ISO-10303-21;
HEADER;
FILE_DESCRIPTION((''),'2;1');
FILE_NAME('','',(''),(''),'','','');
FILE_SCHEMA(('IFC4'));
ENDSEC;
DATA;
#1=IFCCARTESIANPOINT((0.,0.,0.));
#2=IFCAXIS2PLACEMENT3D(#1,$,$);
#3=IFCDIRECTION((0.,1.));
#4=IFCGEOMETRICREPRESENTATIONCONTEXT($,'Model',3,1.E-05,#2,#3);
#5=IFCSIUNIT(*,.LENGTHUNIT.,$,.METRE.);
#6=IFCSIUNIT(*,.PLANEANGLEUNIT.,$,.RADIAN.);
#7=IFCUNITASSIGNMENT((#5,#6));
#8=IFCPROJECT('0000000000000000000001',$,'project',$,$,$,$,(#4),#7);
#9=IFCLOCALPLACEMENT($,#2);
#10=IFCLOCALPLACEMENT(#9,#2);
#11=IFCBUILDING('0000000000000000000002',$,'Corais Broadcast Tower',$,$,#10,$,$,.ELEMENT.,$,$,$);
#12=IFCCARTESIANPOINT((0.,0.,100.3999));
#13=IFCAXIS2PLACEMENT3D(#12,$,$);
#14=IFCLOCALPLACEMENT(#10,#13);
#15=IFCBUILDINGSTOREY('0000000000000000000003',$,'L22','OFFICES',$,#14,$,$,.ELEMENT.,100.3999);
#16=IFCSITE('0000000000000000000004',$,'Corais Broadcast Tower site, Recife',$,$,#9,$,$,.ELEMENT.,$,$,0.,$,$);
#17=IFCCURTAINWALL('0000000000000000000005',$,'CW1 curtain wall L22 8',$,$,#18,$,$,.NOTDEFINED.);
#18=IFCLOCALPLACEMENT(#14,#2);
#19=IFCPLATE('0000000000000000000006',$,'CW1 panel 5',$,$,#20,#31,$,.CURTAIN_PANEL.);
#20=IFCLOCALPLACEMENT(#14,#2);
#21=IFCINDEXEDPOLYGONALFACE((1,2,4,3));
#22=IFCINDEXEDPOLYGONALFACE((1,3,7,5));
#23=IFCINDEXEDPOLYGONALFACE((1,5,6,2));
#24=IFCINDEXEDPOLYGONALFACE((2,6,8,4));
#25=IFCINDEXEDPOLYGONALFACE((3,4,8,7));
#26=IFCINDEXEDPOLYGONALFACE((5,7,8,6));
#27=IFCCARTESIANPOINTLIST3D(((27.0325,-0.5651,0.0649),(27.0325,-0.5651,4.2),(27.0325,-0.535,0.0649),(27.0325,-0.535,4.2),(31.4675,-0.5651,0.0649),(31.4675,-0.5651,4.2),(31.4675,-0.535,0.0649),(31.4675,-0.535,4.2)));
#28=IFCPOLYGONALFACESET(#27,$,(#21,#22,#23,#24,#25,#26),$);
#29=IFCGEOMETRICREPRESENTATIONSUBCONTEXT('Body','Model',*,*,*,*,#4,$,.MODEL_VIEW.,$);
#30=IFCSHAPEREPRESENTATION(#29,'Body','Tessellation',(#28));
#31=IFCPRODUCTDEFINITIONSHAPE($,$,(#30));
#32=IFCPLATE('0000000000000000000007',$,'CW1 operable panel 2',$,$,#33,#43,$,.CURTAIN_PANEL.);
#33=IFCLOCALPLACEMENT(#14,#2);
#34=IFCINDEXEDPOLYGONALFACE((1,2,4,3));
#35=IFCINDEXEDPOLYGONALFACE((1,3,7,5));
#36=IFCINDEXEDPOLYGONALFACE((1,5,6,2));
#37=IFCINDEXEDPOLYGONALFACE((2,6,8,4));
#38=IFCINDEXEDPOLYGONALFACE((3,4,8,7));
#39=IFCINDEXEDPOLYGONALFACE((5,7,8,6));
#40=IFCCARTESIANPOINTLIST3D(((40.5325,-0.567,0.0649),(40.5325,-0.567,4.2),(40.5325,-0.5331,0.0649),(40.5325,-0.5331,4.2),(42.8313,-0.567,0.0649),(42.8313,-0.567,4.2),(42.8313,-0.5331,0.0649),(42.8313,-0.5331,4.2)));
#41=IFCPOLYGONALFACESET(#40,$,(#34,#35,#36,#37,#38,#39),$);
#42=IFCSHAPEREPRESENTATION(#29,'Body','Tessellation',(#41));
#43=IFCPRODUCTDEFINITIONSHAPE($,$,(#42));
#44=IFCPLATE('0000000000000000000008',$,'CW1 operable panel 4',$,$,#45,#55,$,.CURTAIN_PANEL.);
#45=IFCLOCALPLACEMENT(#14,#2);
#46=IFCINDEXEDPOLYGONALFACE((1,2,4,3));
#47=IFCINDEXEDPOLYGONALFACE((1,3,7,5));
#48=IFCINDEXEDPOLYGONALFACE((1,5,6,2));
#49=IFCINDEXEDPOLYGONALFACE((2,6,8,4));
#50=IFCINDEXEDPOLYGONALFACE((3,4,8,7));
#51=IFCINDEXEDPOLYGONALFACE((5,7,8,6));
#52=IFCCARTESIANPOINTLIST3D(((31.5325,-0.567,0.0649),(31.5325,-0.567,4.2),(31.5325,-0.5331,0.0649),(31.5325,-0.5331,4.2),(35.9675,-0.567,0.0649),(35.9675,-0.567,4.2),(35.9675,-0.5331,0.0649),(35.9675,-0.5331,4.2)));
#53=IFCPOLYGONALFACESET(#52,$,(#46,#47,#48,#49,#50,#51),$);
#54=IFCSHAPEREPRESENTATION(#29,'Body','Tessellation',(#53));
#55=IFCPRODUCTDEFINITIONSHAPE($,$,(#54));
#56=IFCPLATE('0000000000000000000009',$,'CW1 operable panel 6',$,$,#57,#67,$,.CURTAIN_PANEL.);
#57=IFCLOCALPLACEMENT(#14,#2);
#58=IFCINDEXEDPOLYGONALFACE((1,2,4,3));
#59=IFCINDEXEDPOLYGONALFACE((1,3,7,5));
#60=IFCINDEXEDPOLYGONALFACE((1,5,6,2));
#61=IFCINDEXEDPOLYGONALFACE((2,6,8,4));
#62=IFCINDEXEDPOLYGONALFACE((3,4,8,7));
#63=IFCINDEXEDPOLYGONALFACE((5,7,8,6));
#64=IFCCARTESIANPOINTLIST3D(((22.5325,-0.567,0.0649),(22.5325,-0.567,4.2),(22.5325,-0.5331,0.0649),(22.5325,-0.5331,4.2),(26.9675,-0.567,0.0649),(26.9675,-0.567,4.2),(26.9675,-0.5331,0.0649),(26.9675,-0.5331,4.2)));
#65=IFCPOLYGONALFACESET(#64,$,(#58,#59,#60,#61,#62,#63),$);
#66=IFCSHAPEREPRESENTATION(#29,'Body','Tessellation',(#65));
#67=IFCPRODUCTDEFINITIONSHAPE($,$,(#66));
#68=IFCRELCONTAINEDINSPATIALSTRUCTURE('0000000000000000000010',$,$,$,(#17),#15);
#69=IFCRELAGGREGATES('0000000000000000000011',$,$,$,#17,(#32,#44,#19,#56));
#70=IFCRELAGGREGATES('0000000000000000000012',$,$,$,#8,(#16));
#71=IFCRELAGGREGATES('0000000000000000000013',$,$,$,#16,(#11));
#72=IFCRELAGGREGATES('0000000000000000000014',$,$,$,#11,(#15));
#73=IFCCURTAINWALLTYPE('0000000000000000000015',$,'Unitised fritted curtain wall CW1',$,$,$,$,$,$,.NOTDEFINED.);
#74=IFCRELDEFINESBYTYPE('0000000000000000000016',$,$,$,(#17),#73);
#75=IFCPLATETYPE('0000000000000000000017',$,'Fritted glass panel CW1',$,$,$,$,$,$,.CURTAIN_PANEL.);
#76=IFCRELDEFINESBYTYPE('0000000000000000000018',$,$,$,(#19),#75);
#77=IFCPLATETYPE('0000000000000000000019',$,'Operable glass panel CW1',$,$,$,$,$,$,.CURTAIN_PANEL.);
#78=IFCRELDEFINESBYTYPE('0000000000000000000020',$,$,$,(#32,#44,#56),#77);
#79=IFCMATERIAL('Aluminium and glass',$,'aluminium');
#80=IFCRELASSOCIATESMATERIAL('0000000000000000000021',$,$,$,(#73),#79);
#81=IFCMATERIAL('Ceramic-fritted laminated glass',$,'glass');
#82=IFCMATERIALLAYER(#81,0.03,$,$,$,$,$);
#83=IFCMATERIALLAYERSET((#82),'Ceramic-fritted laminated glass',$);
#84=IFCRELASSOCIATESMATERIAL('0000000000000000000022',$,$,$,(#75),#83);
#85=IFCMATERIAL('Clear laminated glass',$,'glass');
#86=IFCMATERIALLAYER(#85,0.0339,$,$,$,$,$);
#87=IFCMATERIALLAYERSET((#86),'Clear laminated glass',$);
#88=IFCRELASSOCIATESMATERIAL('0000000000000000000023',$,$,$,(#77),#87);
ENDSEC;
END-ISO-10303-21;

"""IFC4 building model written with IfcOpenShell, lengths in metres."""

from ifc_helpers import new_model, si_unit, direction, frame, origin, origin_2d, place, context, subcontext, project, spatial, rectangle, extrude, material, layer, layer_set, type_object, element, aggregate, save


model = new_model("IFC4")

# Units and contexts
model_context = context("Model", 3, precision=1e-05, world=origin(), true_north=direction((0.0, 1.0)))
body_context = subcontext(model_context, "Body", "Model", "MODEL_VIEW")
ifc_project = project(units=[si_unit("LENGTHUNIT", "METRE"), si_unit("PLANEANGLEUNIT", "RADIAN")], contexts=[model_context])

# Site, building, storey
site_placement = place(None, origin())
site = spatial("IfcSite", under=ifc_project, at=site_placement, Name="Corais Broadcast Tower site, Recife", CompositionType="ELEMENT", RefElevation=0.0)
building_placement = place(site_placement, origin())
building = spatial("IfcBuilding", under=site, at=building_placement, Name="Corais Broadcast Tower", CompositionType="ELEMENT")
storey_placement = place(building_placement, frame((0.0, 0.0, 100.3999)))
storey = spatial("IfcBuildingStorey", under=building, at=storey_placement, Name="L22", Description="OFFICES", CompositionType="ELEMENT", Elevation=100.3999)

# Curtain wall
ifc_material_1 = material(Name="Aluminium and glass", Category="aluminium")
curtain_wall_type = type_object("IfcCurtainWallType", Name="Unitised fritted curtain wall CW1", PredefinedType="NOTDEFINED", material=ifc_material_1)
curtain_wall_placement = place(storey_placement, origin())
curtain_wall = element("IfcCurtainWall", 1, at=curtain_wall_placement, inside=storey, type_object=curtain_wall_type, Name="CW1 curtain wall L22 8", PredefinedType="NOTDEFINED")

# Plates
ifc_material_2 = material(Name="Ceramic-fritted laminated glass", Category="glass")
ifc_layer_1 = layer(ifc_material_2, 0.03)
ifc_layer_set_1 = layer_set([ifc_layer_1], Name="Ceramic-fritted laminated glass")
plate_type_1 = type_object("IfcPlateType", Name="Fritted glass panel CW1", PredefinedType="CURTAIN_PANEL", material=ifc_layer_set_1)
plate_1_placement = place(storey_placement, frame((29.25, -0.55, 0.0649), z_axis=(0.0, 0.0, 1.0), x_axis=(-1.0, 0.0, 0.0)))
plate_1 = element("IfcPlate", 2, at=plate_1_placement, type_object=plate_type_1, Name="CW1 panel 5", PredefinedType="CURTAIN_PANEL", context=body_context, shape_type="SweptSolid", body=[
    extrude(rectangle(XDim=4.4351, YDim=0.03, at=origin_2d()), origin(), (0.0, 0.0, 1.0), 4.135),
])
ifc_material_3 = material(Name="Clear laminated glass", Category="glass")
ifc_layer_2 = layer(ifc_material_3, 0.0339)
ifc_layer_set_2 = layer_set([ifc_layer_2], Name="Clear laminated glass")
plate_type_2 = type_object("IfcPlateType", Name="Operable glass panel CW1", PredefinedType="CURTAIN_PANEL", material=ifc_layer_set_2)
plate_2_placement = place(storey_placement, frame((41.6819, -0.55, 0.0649), z_axis=(0.0, 0.0, 1.0), x_axis=(-1.0, 0.0, 0.0)))
plate_2 = element("IfcPlate", 3, at=plate_2_placement, type_object=plate_type_2, Name="CW1 operable panel 2", PredefinedType="CURTAIN_PANEL", context=body_context, shape_type="SweptSolid", body=[
    extrude(rectangle(XDim=2.2988, YDim=0.0339, at=origin_2d()), origin(), (0.0, 0.0, 1.0), 4.135),
])
plate_3_placement = place(storey_placement, frame((33.75, -0.55, 0.0649), z_axis=(0.0, 0.0, 1.0), x_axis=(-1.0, 0.0, 0.0)))
plate_3 = element("IfcPlate", 4, at=plate_3_placement, type_object=plate_type_2, Name="CW1 operable panel 4", PredefinedType="CURTAIN_PANEL", context=body_context, shape_type="SweptSolid", body=[
    extrude(rectangle(XDim=4.4351, YDim=0.0339, at=origin_2d()), origin(), (0.0, 0.0, 1.0), 4.135),
])
plate_4_placement = place(storey_placement, frame((24.75, -0.55, 0.0649), z_axis=(0.0, 0.0, 1.0), x_axis=(-1.0, 0.0, 0.0)))
plate_4 = element("IfcPlate", 5, at=plate_4_placement, type_object=plate_type_2, Name="CW1 operable panel 6", PredefinedType="CURTAIN_PANEL", context=body_context, shape_type="SweptSolid", body=[
    extrude(rectangle(XDim=4.4351, YDim=0.0339, at=origin_2d()), origin(), (0.0, 0.0, 1.0), 4.135),
])
aggregate(curtain_wall, [plate_2, plate_3, plate_1, plate_4])

save(model, "model.ifc")
